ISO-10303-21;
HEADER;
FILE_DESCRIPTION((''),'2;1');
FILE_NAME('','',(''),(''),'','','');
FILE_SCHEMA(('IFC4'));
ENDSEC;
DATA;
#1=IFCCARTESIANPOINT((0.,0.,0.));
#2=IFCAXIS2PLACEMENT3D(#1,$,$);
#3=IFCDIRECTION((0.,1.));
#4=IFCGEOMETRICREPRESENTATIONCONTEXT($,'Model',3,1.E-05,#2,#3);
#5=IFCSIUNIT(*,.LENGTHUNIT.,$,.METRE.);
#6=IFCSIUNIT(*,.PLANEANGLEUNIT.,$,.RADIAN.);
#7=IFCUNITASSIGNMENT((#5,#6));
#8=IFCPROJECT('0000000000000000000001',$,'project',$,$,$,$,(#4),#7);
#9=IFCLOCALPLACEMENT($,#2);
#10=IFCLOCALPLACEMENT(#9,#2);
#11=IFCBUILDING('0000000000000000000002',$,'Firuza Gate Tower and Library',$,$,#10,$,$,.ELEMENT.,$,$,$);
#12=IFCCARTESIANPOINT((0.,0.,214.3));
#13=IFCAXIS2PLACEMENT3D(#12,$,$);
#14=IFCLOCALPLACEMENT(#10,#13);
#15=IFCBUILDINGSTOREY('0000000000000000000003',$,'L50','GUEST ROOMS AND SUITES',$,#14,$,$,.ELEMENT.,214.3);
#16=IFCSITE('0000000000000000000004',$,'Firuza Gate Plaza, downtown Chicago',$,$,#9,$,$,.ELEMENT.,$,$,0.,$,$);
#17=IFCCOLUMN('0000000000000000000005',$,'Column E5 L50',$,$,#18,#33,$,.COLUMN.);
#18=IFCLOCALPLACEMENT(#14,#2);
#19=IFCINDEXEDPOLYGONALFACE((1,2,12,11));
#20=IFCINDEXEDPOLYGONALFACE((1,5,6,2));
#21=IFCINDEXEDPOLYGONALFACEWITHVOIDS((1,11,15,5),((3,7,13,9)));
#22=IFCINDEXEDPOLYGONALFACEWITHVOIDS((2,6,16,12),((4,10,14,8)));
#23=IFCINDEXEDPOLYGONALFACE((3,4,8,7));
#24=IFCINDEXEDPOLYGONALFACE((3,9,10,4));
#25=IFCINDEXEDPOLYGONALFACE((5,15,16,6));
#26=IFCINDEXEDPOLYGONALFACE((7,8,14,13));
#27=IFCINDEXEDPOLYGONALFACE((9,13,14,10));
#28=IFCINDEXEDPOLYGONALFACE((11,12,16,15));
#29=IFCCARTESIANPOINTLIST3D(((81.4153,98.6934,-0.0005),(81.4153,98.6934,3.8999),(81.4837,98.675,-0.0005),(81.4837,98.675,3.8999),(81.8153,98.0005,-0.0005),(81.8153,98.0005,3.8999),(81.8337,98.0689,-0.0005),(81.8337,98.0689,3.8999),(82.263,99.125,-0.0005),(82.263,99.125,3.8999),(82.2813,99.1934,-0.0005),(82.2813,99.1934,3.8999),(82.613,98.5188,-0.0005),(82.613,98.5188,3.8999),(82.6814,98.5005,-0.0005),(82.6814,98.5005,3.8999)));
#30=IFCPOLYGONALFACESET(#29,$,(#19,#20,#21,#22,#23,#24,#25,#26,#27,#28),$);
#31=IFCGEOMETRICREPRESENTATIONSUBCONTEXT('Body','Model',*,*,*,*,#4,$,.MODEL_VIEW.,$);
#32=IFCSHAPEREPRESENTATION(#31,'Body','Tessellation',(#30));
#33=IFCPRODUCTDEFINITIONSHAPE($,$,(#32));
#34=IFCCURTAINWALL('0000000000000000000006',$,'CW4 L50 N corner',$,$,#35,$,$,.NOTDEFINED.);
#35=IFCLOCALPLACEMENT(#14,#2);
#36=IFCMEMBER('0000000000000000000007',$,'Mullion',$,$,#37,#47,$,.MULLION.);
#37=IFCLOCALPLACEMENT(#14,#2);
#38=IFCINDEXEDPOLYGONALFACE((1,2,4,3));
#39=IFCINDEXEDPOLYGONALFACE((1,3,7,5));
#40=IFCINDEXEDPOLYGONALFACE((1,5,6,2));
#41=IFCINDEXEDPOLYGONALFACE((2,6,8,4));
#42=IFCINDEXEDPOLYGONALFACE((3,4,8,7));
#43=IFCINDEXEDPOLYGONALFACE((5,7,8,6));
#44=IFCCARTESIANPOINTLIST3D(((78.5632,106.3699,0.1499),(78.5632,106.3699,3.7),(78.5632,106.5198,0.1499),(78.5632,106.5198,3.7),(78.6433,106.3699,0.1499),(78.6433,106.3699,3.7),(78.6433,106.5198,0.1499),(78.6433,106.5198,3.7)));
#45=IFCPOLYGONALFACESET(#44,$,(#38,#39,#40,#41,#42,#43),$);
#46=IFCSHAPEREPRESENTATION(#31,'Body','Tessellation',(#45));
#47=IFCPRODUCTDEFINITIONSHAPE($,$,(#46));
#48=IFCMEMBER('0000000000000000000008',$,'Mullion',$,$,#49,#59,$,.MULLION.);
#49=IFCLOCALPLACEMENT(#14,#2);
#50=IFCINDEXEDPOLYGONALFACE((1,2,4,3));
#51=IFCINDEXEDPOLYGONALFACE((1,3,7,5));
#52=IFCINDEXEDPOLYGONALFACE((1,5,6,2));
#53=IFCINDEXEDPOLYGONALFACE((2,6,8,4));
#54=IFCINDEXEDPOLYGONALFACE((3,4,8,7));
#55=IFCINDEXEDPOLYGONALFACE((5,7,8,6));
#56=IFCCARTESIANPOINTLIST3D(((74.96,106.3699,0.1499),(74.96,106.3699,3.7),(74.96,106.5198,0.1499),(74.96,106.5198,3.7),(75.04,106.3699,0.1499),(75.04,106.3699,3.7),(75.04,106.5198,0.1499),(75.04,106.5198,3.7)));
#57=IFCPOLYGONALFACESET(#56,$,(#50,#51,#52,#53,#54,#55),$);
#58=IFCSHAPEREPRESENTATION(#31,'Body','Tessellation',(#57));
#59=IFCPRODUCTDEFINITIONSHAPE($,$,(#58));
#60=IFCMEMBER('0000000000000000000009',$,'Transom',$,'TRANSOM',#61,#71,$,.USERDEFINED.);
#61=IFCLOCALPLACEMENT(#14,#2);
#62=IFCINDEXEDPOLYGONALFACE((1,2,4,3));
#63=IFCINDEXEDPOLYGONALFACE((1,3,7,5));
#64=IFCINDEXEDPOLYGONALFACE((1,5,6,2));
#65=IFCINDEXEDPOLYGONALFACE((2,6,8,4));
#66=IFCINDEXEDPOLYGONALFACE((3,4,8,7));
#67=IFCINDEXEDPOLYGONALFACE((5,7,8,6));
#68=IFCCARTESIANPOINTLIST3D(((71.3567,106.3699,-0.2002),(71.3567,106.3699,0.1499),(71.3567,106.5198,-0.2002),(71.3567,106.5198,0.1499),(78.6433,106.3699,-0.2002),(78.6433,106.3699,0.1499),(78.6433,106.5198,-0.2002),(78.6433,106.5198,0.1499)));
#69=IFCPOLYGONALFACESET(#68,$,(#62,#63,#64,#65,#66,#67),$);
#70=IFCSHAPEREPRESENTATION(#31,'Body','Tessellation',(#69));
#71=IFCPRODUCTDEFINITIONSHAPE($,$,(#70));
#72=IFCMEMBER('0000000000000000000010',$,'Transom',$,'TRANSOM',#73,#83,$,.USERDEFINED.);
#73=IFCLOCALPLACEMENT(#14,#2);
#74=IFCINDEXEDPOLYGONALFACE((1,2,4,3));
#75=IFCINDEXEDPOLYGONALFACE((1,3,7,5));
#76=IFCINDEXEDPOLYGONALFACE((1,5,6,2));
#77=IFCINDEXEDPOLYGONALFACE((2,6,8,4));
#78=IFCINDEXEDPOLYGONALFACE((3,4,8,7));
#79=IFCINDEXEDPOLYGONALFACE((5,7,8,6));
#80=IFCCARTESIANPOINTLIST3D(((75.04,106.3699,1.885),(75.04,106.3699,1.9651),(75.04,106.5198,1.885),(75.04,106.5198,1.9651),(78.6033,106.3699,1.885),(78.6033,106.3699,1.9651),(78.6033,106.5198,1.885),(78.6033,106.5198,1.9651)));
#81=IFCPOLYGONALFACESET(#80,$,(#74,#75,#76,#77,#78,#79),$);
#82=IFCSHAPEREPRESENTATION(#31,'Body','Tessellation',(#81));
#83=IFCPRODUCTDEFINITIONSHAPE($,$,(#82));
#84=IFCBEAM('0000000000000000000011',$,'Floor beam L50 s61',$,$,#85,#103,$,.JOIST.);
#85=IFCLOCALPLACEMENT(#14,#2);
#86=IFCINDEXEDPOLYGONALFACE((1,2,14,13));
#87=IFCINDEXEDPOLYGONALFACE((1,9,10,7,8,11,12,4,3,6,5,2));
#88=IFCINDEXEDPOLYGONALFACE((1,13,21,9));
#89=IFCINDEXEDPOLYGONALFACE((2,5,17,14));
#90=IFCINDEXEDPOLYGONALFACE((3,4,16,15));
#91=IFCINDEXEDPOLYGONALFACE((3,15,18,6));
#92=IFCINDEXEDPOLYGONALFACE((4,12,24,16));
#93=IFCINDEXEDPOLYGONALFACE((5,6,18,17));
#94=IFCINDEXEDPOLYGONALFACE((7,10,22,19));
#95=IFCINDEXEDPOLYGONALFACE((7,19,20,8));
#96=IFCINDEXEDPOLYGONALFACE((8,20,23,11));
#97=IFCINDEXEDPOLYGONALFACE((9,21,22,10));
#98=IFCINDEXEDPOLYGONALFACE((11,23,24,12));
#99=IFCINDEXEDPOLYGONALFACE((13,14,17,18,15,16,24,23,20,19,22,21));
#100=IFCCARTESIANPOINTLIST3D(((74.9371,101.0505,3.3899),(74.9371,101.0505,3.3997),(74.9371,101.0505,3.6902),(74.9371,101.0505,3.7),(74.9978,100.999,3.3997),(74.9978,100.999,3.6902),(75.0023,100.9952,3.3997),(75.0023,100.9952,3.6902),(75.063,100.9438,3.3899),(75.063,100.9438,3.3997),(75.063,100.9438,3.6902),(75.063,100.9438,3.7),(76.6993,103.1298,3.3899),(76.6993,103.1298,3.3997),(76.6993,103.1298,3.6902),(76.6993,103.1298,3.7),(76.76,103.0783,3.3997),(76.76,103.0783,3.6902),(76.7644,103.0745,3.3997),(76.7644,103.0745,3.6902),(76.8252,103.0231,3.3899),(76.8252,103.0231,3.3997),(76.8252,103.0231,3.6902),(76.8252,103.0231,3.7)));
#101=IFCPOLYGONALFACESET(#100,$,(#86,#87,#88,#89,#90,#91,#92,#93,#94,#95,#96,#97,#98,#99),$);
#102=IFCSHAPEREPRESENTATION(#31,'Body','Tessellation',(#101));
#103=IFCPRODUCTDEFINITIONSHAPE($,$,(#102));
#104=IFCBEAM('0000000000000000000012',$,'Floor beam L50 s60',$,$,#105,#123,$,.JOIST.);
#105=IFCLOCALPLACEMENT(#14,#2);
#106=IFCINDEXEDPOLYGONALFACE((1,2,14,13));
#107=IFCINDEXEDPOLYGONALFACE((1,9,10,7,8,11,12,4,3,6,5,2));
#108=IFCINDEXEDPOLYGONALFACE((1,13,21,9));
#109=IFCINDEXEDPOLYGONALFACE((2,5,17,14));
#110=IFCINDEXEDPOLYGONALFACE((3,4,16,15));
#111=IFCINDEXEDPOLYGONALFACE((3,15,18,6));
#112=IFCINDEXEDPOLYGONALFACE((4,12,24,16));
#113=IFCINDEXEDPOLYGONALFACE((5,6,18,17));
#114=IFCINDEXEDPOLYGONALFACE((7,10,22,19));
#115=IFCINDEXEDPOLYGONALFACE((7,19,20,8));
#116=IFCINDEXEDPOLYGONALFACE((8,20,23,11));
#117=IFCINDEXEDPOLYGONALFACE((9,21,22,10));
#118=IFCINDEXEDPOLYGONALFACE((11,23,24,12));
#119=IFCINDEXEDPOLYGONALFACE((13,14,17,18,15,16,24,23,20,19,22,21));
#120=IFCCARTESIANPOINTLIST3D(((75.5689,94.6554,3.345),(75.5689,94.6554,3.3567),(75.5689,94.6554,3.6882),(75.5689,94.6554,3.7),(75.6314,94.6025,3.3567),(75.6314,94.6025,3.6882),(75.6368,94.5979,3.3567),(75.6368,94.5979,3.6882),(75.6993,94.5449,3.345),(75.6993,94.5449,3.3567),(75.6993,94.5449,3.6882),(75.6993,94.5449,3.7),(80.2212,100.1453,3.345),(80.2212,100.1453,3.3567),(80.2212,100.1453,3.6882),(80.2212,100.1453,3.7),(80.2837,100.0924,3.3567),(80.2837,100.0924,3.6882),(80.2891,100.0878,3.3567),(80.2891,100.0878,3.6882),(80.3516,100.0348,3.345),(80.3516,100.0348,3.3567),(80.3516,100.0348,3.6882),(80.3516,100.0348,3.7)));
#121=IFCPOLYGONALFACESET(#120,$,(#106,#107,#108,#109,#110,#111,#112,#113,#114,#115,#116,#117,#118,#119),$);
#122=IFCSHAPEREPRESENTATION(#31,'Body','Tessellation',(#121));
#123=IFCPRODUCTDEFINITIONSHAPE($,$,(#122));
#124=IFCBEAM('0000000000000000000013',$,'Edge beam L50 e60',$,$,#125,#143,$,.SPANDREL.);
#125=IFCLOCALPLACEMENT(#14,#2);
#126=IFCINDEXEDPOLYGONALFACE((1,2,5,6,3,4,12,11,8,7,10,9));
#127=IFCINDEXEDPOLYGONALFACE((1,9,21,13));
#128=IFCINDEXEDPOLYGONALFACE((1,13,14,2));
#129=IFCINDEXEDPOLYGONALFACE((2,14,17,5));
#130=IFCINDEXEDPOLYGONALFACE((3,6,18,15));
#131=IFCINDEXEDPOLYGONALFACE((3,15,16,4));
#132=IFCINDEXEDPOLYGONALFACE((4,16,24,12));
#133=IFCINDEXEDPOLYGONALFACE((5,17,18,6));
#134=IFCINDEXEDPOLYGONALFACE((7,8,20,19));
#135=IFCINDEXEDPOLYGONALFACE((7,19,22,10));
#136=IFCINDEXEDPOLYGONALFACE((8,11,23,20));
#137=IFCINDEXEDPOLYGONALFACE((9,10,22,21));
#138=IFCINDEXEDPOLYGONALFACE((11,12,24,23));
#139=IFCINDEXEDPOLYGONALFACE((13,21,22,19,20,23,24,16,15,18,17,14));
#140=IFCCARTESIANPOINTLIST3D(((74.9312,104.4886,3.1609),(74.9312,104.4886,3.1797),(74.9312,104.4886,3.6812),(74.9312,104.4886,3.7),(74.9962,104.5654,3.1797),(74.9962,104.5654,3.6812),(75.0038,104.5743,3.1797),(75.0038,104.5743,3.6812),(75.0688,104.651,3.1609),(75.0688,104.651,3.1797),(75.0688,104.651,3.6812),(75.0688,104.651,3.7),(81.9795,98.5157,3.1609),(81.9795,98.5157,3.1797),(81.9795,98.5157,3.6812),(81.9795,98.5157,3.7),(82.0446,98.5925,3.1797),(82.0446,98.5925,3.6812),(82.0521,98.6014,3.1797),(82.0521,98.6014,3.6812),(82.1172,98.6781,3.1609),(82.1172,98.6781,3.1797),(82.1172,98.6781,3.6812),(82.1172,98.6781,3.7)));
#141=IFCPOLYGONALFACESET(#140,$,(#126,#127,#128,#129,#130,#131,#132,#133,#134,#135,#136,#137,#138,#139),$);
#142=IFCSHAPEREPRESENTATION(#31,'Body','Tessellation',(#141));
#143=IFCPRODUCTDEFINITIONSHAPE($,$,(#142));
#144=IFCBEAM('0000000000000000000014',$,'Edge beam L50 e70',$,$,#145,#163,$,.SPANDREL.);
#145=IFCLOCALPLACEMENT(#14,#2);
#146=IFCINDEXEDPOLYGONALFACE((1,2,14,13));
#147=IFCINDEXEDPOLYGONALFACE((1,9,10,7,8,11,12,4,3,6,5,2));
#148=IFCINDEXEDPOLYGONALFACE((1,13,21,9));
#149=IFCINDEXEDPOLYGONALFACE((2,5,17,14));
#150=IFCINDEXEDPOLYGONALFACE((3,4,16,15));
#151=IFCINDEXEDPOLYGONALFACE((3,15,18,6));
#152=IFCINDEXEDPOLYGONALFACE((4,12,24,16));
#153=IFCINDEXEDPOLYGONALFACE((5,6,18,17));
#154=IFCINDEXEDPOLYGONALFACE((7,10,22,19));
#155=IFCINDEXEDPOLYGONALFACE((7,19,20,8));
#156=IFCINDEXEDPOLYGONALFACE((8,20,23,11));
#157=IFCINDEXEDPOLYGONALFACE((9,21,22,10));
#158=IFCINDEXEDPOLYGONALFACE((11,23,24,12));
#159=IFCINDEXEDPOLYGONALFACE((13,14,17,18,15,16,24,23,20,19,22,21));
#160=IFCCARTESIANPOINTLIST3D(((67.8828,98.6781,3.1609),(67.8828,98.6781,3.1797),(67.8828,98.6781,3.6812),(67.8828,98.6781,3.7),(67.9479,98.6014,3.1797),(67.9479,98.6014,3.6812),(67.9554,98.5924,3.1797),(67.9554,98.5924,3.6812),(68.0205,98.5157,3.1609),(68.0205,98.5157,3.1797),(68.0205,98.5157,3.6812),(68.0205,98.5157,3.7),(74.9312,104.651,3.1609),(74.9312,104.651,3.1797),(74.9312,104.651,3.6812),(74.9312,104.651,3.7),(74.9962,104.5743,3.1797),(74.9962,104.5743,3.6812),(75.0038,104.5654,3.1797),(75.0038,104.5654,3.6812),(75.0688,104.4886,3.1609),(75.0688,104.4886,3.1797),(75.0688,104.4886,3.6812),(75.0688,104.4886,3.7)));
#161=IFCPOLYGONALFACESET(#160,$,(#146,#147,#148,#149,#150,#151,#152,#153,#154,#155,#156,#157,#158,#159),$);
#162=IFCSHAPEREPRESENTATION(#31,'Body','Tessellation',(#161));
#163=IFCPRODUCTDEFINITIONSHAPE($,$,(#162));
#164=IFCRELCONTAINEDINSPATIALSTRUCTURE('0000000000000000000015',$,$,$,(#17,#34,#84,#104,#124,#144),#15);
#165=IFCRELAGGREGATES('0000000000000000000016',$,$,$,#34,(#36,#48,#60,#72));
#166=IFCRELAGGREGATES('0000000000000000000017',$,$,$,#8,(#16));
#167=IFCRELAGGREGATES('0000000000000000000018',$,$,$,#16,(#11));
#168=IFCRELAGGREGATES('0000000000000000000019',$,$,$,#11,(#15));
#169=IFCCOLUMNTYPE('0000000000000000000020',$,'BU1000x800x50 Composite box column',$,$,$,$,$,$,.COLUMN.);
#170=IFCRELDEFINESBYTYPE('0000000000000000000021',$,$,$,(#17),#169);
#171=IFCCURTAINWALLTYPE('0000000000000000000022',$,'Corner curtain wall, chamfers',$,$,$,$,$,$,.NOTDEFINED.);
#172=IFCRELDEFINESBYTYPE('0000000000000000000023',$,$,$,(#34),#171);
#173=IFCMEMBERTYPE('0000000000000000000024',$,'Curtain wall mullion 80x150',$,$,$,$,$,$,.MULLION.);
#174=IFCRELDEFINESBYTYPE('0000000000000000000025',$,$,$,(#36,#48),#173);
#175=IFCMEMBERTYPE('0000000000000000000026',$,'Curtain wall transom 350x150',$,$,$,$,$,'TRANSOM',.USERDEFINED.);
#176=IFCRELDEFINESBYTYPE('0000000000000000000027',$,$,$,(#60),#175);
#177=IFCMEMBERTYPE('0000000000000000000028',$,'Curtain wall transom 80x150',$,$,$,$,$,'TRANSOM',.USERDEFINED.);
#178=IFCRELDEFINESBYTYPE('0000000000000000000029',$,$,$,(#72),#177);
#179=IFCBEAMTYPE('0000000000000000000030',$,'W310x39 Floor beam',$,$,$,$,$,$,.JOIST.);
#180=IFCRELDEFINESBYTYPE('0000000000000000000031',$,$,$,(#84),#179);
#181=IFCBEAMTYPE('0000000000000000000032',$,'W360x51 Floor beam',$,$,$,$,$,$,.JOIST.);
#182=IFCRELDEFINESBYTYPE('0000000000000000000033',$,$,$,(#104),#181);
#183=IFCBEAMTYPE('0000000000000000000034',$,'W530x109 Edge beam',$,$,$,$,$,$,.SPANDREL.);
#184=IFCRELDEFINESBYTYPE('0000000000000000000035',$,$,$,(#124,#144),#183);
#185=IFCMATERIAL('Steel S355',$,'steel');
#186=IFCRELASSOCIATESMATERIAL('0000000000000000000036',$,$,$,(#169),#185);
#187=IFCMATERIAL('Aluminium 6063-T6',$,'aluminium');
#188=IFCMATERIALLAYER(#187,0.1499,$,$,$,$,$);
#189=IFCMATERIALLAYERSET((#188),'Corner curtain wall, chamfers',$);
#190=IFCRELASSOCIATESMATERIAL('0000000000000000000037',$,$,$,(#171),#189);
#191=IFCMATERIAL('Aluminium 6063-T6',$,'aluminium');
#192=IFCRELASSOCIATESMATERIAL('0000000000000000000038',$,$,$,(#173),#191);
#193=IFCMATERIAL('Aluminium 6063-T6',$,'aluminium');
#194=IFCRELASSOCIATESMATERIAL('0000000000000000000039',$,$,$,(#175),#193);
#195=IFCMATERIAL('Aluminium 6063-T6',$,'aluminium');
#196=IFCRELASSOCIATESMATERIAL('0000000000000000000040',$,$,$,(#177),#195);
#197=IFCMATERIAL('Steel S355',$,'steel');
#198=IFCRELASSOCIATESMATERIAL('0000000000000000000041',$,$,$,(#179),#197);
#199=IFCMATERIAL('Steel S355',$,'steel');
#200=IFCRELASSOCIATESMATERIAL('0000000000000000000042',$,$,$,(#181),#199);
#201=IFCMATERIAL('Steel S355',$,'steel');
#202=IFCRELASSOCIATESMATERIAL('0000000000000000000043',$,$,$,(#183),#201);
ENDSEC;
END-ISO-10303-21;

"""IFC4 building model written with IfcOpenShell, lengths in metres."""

from ifc_helpers import new_model, si_unit, direction, frame, origin, origin_2d, place, context, subcontext, project, spatial, rectangle, hollow_rectangle, i_section, extrude, material, layer, layer_set, material_profile, profile_set, type_object, element, aggregate, save


model = new_model("IFC4")

# Units and contexts
model_context = context("Model", 3, precision=1e-05, world=origin(), true_north=direction((0.0, 1.0)))
body_context = subcontext(model_context, "Body", "Model", "MODEL_VIEW")
ifc_project = project(units=[si_unit("LENGTHUNIT", "METRE"), si_unit("PLANEANGLEUNIT", "RADIAN")], contexts=[model_context])

# Site, building, storey
site_placement = place(None, origin())
site = spatial("IfcSite", under=ifc_project, at=site_placement, Name="Firuza Gate Plaza, downtown Chicago", CompositionType="ELEMENT", RefElevation=0.0)
building_placement = place(site_placement, origin())
building = spatial("IfcBuilding", under=site, at=building_placement, Name="Firuza Gate Tower and Library", CompositionType="ELEMENT")
storey_placement = place(building_placement, frame((0.0, 0.0, 214.3)))
storey = spatial("IfcBuildingStorey", under=building, at=storey_placement, Name="L50", Description="GUEST ROOMS AND SUITES", CompositionType="ELEMENT", Elevation=214.3)

# Column
ifc_material_1 = material(Name="Steel S355", Category="steel")
ifc_material_profile_1 = material_profile(ifc_material_1, hollow_rectangle(XDim=0.8, YDim=1.0, WallThickness=0.05, at=origin_2d()))
ifc_profile_set_1 = profile_set([ifc_material_profile_1], Name="Steel S355")
column_type = type_object("IfcColumnType", Name="BU1000x800x50 Composite box column", PredefinedType="COLUMN", material=ifc_profile_set_1)
column_placement = place(storey_placement, frame((82.0483, 98.5969, -0.0005), z_axis=(0.0, 0.0, 1.0), x_axis=(-0.5, 0.866025, 0.0)))
element("IfcColumn", 1, at=column_placement, inside=storey, type_object=column_type, Name="Column E5 L50", PredefinedType="COLUMN", context=body_context, shape_type="SweptSolid", body=[
    extrude(hollow_rectangle(XDim=0.8, YDim=1.0, WallThickness=0.05, at=origin_2d()), origin(), (0.0, 0.0, 1.0), 3.9004),
])

# Curtain wall, members
ifc_material_2 = material(Name="Aluminium 6063-T6", Category="aluminium")
ifc_layer_1 = layer(ifc_material_2, 0.1499)
ifc_layer_set_1 = layer_set([ifc_layer_1], Name="Corner curtain wall, chamfers")
curtain_wall_type = type_object("IfcCurtainWallType", Name="Corner curtain wall, chamfers", PredefinedType="NOTDEFINED", material=ifc_layer_set_1)
curtain_wall_placement = place(storey_placement, origin())
curtain_wall = element("IfcCurtainWall", 2, at=curtain_wall_placement, inside=storey, type_object=curtain_wall_type, Name="CW4 L50 N corner", PredefinedType="NOTDEFINED")
ifc_material_3 = material(Name="Aluminium 6063-T6", Category="aluminium")
ifc_material_profile_2 = material_profile(ifc_material_3, rectangle(XDim=0.1499, YDim=0.0801, at=origin_2d()))
ifc_profile_set_2 = profile_set([ifc_material_profile_2], Name="Aluminium 6063-T6")
member_type_1 = type_object("IfcMemberType", Name="Curtain wall mullion 80x150", PredefinedType="MULLION", material=ifc_profile_set_2)
member_1_placement = place(storey_placement, frame((78.6033, 106.4448, 0.1499), z_axis=(0.0, 0.0, 1.0), x_axis=(0.0, -1.0, 0.0)))
member_1 = element("IfcMember", 3, at=member_1_placement, type_object=member_type_1, Name="Mullion", PredefinedType="MULLION", context=body_context, shape_type="SweptSolid", body=[
    extrude(rectangle(XDim=0.1499, YDim=0.0801, at=origin_2d()), origin(), (0.0, 0.0, 1.0), 3.55),
])
member_2_placement = place(storey_placement, frame((75.0, 106.4448, 0.1499), z_axis=(0.0, 0.0, 1.0), x_axis=(0.0, -1.0, 0.0)))
member_2 = element("IfcMember", 4, at=member_2_placement, type_object=member_type_1, Name="Mullion", PredefinedType="MULLION", context=body_context, shape_type="SweptSolid", body=[
    extrude(rectangle(XDim=0.1499, YDim=0.0801, at=origin_2d()), origin(), (0.0, 0.0, 1.0), 3.55),
])
ifc_material_4 = material(Name="Aluminium 6063-T6", Category="aluminium")
ifc_material_profile_3 = material_profile(ifc_material_4, rectangle(XDim=0.1499, YDim=0.3501, at=origin_2d()))
ifc_profile_set_3 = profile_set([ifc_material_profile_3], Name="Aluminium 6063-T6")
member_type_2 = type_object("IfcMemberType", Name="Curtain wall transom 350x150", ElementType="TRANSOM", PredefinedType="USERDEFINED", material=ifc_profile_set_3)
member_3_placement = place(storey_placement, frame((78.6433, 106.4448, -0.0251), z_axis=(-1.0, 0.0, 0.0), x_axis=(0.0, -1.0, 0.0)))
member_3 = element("IfcMember", 5, at=member_3_placement, type_object=member_type_2, Name="Transom", ObjectType="TRANSOM", PredefinedType="USERDEFINED", context=body_context, shape_type="SweptSolid", body=[
    extrude(rectangle(XDim=0.1499, YDim=0.3501, at=origin_2d()), origin(), (0.0, 0.0, 1.0), 7.2866),
])
ifc_material_5 = material(Name="Aluminium 6063-T6", Category="aluminium")
ifc_material_profile_4 = material_profile(ifc_material_5, rectangle(XDim=0.1499, YDim=0.0801, at=origin_2d()))
ifc_profile_set_4 = profile_set([ifc_material_profile_4], Name="Aluminium 6063-T6")
member_type_3 = type_object("IfcMemberType", Name="Curtain wall transom 80x150", ElementType="TRANSOM", PredefinedType="USERDEFINED", material=ifc_profile_set_4)
member_4_placement = place(storey_placement, frame((78.6033, 106.4448, 1.925), z_axis=(-1.0, 0.0, 0.0), x_axis=(0.0, -1.0, 0.0)))
member_4 = element("IfcMember", 6, at=member_4_placement, type_object=member_type_3, Name="Transom", ObjectType="TRANSOM", PredefinedType="USERDEFINED", context=body_context, shape_type="SweptSolid", body=[
    extrude(rectangle(XDim=0.1499, YDim=0.0801, at=origin_2d()), origin(), (0.0, 0.0, 1.0), 3.5632),
])

# Beams
ifc_material_6 = material(Name="Steel S355", Category="steel")
ifc_material_profile_5 = material_profile(ifc_material_6, i_section(OverallWidth=0.165, OverallDepth=0.3101, WebThickness=0.0059, FlangeThickness=0.0098, at=origin_2d()))
ifc_profile_set_5 = profile_set([ifc_material_profile_5], Name="Steel S355")
beam_type_1 = type_object("IfcBeamType", Name="W310x39 Floor beam", PredefinedType="JOIST", material=ifc_profile_set_5)
beam_1_placement = place(storey_placement, frame((76.7622, 103.0764, 3.5449), z_axis=(-0.646532, -0.762887, 0.0), x_axis=(0.762887, -0.646532, 0.0)))
element("IfcBeam", 7, at=beam_1_placement, inside=storey, type_object=beam_type_1, Name="Floor beam L50 s61", PredefinedType="JOIST", context=body_context, shape_type="SweptSolid", body=[
    extrude(i_section(OverallWidth=0.165, OverallDepth=0.3101, WebThickness=0.0059, FlangeThickness=0.0098, at=origin_2d()), origin(), (0.0, 0.0, 1.0), 2.7256),
])
ifc_material_7 = material(Name="Steel S355", Category="steel")
ifc_material_profile_6 = material_profile(ifc_material_7, i_section(OverallWidth=0.1709, OverallDepth=0.355, WebThickness=0.0071, FlangeThickness=0.0117, at=origin_2d()))
ifc_profile_set_6 = profile_set([ifc_material_profile_6], Name="Steel S355")
beam_type_2 = type_object("IfcBeamType", Name="W360x51 Floor beam", PredefinedType="JOIST", material=ifc_profile_set_6)
beam_2_placement = place(storey_placement, frame((80.2864, 100.0901, 3.5225), z_axis=(-0.646506, -0.762909, 0.0), x_axis=(0.762909, -0.646506, 0.0)))
element("IfcBeam", 8, at=beam_2_placement, inside=storey, type_object=beam_type_2, Name="Floor beam L50 s60", PredefinedType="JOIST", context=body_context, shape_type="SweptSolid", body=[
    extrude(i_section(OverallWidth=0.1709, OverallDepth=0.355, WebThickness=0.0071, FlangeThickness=0.0117, at=origin_2d()), origin(), (0.0, 0.0, 1.0), 7.196),
])
ifc_material_8 = material(Name="Steel S355", Category="steel")
ifc_material_profile_7 = material_profile(ifc_material_8, i_section(OverallWidth=0.2129, OverallDepth=0.5391, WebThickness=0.0117, FlangeThickness=0.0188, at=origin_2d()))
ifc_profile_set_7 = profile_set([ifc_material_profile_7], Name="Steel S355")
beam_type_3 = type_object("IfcBeamType", Name="W530x109 Edge beam", PredefinedType="SPANDREL", material=ifc_profile_set_7)
for number, where, z_axis, x_axis, name in (
    (9, (82.0483, 98.5969, 3.4304), (-0.76291, 0.646505, 0.0), (-0.646505, -0.76291, 0.0), "Edge beam L50 e60"),
    (10, (75.0, 104.5698, 3.4304), (-0.76291, -0.646505, 0.0), (0.646505, -0.76291, 0.0), "Edge beam L50 e70"),
):
    element("IfcBeam", number, at=place(storey_placement, frame(where, z_axis=z_axis, x_axis=x_axis)), inside=storey, type_object=beam_type_3, Name=name, PredefinedType="SPANDREL", context=body_context, shape_type="SweptSolid", body=[
        extrude(i_section(OverallWidth=0.2129, OverallDepth=0.5391, WebThickness=0.0117, FlangeThickness=0.0188, at=origin_2d()), origin(), (0.0, 0.0, 1.0), 9.2388),
    ])

aggregate(curtain_wall, [member_1, member_2, member_3, member_4])

save(model, "model.ifc")
